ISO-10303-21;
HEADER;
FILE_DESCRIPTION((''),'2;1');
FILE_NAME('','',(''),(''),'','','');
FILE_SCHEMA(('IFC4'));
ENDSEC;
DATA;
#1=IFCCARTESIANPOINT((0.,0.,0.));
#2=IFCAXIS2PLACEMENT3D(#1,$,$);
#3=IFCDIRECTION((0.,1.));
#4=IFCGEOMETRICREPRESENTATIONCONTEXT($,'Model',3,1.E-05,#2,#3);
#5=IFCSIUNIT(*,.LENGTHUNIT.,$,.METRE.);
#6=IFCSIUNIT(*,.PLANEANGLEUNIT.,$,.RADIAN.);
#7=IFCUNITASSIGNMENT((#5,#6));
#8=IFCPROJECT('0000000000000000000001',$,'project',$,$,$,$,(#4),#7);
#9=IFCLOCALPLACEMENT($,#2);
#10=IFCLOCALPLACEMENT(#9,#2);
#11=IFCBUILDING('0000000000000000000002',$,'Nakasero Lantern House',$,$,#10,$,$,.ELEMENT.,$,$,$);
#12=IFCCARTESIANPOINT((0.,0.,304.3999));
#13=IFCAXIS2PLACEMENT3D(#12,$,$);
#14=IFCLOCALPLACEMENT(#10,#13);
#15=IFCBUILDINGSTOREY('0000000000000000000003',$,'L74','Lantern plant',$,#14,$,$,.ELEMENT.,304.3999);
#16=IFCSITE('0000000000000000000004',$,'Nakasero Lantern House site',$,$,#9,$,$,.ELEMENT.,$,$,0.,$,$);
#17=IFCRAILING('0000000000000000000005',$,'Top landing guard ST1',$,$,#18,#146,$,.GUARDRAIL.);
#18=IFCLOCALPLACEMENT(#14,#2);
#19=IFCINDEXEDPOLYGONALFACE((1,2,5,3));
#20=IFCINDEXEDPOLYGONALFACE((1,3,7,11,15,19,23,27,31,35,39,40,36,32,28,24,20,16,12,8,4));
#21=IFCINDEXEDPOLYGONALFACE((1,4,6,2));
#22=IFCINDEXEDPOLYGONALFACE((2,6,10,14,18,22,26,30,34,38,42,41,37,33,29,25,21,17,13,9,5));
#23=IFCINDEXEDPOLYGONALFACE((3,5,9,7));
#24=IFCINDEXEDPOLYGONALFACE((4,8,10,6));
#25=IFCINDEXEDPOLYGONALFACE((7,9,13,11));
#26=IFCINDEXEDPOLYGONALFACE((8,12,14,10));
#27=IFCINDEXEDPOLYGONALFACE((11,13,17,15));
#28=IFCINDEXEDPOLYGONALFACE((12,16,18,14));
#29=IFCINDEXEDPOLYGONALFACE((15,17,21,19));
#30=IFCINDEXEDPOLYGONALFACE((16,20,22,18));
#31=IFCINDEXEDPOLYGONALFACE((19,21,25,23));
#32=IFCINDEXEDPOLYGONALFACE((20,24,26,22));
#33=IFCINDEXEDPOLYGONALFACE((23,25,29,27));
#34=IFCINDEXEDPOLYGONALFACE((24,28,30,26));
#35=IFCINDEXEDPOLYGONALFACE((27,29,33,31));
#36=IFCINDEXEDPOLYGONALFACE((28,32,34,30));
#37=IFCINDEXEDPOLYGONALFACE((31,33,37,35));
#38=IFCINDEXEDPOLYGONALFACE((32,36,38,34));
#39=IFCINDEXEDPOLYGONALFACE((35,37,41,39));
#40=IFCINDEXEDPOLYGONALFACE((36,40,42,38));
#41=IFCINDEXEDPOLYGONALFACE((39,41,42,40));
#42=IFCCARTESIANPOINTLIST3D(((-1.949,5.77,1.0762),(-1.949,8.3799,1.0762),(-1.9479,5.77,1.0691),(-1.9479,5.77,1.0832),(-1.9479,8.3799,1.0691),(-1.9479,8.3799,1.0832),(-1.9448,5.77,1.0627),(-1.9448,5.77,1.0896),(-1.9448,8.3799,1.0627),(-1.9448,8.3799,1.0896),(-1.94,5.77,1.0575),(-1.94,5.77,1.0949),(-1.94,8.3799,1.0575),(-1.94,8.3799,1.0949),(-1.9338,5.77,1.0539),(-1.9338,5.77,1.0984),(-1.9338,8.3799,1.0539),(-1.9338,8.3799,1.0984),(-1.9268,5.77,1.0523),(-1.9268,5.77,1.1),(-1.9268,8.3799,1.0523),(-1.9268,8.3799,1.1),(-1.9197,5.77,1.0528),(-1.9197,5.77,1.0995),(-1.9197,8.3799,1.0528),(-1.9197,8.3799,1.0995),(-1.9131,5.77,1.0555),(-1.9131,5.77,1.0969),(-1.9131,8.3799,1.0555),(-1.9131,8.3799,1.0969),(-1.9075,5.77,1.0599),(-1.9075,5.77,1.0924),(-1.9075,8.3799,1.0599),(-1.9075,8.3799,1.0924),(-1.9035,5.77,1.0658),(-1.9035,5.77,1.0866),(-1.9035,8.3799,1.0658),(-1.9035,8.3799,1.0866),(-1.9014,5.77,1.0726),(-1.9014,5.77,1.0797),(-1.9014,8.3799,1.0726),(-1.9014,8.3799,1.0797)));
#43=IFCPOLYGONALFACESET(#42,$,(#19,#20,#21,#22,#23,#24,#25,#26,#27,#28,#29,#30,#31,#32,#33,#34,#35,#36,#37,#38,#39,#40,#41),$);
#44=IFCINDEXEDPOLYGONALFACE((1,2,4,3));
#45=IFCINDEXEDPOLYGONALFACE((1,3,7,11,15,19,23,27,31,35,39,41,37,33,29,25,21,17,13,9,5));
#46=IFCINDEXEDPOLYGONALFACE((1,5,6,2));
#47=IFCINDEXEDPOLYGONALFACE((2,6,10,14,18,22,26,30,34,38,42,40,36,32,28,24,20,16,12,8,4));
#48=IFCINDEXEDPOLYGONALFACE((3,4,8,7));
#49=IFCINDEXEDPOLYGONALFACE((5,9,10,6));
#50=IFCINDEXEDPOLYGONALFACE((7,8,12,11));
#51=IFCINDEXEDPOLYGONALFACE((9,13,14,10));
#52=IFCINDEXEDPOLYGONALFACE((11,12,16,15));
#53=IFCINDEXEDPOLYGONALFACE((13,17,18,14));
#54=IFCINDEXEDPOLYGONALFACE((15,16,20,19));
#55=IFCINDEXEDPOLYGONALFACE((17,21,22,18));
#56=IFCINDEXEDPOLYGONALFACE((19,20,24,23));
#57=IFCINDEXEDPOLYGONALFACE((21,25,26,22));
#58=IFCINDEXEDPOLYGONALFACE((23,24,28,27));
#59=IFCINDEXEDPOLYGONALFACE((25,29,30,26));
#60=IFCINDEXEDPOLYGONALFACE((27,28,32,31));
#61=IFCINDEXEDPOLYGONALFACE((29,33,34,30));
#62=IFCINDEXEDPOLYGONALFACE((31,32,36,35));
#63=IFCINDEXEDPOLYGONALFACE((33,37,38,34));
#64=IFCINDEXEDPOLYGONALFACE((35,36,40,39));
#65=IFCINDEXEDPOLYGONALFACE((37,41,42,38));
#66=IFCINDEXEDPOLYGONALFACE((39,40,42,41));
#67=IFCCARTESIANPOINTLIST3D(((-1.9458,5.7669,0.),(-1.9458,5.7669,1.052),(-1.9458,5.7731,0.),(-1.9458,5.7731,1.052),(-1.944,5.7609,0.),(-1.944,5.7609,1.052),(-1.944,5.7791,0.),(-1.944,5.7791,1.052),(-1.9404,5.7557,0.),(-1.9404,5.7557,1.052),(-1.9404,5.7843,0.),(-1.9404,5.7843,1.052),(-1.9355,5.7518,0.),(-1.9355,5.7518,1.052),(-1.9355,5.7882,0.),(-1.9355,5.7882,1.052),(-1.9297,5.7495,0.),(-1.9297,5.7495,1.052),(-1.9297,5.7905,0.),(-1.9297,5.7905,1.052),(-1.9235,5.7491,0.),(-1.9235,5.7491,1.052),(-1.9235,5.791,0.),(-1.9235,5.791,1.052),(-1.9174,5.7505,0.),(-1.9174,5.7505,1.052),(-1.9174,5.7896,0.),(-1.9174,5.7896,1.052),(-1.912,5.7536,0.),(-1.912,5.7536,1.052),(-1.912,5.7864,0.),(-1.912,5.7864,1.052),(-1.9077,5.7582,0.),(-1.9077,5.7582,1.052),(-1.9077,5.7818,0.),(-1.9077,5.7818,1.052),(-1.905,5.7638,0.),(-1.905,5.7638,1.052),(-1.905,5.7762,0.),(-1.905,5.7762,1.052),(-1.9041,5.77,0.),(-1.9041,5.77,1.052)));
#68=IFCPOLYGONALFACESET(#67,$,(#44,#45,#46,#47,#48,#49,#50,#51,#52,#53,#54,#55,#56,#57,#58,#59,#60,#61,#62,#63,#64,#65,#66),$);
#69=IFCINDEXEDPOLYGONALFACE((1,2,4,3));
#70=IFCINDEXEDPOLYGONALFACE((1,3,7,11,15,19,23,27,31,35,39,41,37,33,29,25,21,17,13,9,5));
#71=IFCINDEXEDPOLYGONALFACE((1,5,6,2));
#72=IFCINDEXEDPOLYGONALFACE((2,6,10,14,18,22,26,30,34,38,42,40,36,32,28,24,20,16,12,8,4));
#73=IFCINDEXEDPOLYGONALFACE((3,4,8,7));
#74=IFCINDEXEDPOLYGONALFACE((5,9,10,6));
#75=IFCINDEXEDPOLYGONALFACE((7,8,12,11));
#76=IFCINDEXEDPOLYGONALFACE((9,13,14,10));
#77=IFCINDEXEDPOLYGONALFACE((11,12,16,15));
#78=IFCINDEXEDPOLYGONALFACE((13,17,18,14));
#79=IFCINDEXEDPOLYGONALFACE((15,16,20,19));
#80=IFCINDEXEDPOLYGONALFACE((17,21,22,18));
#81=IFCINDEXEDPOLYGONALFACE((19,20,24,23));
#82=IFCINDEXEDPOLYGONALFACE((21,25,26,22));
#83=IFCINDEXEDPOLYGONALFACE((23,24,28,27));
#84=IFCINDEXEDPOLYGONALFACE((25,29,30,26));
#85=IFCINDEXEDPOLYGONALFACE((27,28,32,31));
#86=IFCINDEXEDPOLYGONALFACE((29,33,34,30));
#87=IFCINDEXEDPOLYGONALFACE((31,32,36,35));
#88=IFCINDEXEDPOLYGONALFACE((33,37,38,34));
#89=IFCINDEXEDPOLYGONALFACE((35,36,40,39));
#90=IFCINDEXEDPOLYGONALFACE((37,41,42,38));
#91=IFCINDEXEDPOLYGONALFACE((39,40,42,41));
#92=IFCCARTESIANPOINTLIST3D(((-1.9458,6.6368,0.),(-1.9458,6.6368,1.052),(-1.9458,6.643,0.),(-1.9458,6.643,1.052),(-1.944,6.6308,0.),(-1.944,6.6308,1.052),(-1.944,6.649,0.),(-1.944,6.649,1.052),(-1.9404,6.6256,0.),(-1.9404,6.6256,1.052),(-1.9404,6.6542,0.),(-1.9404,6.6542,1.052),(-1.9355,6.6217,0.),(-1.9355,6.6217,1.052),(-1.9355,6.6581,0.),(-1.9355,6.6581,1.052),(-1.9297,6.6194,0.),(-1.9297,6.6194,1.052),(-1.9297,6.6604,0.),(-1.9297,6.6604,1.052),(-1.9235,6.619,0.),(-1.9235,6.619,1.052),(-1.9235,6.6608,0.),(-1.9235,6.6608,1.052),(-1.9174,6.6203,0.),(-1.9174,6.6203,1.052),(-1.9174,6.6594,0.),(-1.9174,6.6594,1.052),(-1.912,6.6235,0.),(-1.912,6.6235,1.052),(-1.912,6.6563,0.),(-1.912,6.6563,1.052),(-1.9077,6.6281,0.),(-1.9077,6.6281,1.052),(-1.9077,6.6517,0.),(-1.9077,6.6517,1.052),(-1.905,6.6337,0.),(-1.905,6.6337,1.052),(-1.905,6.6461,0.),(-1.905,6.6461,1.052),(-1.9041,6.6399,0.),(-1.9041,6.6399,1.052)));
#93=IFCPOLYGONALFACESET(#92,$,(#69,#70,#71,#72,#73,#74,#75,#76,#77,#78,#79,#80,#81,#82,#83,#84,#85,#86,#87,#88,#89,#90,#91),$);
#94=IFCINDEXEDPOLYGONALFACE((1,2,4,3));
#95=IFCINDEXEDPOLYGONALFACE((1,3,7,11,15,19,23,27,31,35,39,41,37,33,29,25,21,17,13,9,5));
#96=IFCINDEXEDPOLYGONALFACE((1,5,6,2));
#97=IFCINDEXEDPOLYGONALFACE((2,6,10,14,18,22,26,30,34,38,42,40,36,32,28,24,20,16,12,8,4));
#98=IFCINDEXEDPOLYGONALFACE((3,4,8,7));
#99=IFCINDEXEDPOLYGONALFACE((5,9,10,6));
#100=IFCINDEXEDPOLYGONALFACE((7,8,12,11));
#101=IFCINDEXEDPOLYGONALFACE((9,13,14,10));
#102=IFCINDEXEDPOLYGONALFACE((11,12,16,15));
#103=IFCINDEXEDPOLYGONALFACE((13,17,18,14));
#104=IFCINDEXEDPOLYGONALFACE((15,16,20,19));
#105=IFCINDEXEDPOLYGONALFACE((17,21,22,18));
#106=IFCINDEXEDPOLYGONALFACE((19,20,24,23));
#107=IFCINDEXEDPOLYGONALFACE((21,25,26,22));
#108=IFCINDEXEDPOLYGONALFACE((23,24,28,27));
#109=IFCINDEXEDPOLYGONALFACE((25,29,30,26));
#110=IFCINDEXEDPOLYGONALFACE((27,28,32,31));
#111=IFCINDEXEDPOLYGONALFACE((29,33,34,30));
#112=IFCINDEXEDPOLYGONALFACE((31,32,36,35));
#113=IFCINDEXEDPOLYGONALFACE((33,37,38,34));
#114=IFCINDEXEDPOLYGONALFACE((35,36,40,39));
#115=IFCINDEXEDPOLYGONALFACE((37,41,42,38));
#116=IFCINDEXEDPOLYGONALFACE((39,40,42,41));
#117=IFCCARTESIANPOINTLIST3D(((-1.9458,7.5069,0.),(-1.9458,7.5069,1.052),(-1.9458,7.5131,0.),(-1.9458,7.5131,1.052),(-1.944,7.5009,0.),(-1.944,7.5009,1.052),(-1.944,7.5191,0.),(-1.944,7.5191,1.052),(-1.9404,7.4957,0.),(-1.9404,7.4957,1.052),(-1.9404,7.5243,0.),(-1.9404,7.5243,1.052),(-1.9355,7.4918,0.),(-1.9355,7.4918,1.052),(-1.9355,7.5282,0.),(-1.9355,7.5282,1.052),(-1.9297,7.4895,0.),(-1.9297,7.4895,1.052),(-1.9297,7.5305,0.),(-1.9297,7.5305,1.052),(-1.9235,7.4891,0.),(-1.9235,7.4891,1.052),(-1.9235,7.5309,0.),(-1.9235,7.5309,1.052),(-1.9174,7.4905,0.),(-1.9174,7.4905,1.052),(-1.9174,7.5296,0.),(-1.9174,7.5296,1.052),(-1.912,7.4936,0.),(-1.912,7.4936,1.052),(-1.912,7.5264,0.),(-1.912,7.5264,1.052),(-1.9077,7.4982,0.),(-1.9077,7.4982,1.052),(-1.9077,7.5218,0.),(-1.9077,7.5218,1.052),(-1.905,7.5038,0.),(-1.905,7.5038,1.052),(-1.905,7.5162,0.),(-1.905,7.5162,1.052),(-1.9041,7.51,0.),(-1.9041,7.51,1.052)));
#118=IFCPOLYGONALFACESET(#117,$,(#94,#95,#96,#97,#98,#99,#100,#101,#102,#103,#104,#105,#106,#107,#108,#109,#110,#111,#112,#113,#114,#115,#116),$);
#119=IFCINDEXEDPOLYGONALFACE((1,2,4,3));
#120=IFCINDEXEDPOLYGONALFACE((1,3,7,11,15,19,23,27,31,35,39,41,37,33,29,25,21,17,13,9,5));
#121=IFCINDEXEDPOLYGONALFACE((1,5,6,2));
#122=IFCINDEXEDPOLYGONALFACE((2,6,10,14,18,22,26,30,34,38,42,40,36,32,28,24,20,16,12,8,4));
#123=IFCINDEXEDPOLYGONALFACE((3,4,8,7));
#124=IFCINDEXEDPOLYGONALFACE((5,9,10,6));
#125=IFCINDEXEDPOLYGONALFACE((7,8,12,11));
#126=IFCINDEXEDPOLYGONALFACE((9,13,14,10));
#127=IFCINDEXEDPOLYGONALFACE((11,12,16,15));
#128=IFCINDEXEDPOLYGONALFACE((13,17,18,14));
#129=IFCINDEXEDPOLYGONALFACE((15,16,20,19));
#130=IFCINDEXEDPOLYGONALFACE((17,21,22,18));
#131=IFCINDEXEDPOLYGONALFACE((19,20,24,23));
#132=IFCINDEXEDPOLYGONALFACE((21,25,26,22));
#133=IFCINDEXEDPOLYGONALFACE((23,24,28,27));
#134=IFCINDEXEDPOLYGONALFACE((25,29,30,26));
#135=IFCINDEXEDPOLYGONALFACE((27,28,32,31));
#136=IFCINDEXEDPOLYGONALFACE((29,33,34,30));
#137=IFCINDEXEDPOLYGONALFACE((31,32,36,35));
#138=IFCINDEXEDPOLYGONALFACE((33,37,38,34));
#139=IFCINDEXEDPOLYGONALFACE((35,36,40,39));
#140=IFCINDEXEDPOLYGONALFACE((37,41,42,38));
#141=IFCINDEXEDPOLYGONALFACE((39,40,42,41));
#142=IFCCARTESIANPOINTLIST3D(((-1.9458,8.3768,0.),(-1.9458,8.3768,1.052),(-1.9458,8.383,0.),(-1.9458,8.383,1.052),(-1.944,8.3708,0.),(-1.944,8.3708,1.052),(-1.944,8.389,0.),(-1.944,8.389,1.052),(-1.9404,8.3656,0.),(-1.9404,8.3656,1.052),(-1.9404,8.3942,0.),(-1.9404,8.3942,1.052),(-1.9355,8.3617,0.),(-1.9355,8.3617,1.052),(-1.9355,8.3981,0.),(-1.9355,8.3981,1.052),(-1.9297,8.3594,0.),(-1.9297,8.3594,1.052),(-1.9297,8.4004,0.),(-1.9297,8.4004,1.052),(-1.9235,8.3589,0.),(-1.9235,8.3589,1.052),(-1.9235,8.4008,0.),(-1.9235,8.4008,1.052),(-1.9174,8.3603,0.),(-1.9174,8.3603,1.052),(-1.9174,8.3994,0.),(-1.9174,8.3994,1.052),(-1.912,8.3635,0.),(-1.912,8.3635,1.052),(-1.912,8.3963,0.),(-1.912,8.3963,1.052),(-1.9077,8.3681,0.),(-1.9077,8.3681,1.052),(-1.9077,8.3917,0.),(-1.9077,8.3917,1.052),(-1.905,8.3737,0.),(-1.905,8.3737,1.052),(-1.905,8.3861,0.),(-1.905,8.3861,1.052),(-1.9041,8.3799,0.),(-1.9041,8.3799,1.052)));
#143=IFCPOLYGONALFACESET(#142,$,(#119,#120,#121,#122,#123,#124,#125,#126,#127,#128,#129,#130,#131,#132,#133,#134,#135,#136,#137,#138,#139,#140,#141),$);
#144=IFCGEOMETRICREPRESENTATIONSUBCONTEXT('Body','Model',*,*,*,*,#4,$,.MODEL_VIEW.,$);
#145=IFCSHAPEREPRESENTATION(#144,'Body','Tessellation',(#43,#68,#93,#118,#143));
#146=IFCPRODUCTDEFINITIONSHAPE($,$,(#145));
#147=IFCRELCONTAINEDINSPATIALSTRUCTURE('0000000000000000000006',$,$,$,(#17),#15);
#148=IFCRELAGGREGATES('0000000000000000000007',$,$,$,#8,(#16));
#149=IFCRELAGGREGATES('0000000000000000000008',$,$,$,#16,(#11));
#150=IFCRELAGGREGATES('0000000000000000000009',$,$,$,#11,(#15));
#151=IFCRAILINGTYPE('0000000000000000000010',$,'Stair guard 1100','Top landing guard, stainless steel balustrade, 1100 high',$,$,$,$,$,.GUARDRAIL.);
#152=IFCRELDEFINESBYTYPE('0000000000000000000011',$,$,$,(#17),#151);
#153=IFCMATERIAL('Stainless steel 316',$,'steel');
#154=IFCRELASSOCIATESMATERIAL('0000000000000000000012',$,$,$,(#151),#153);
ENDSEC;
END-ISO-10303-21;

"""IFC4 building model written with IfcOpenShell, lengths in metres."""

from ifc_helpers import new_model, si_unit, direction, frame, origin, origin_2d, place, context, subcontext, project, spatial, circle, extrude, material, type_object, element, save


model = new_model("IFC4")

# Units and contexts
model_context = context("Model", 3, precision=1e-05, world=origin(), true_north=direction((0.0, 1.0)))
body_context = subcontext(model_context, "Body", "Model", "MODEL_VIEW")
ifc_project = project(units=[si_unit("LENGTHUNIT", "METRE"), si_unit("PLANEANGLEUNIT", "RADIAN")], contexts=[model_context])

# Site, building, storey
site_placement = place(None, origin())
site = spatial("IfcSite", under=ifc_project, at=site_placement, Name="Nakasero Lantern House site", CompositionType="ELEMENT", RefElevation=0.0)
building_placement = place(site_placement, origin())
building = spatial("IfcBuilding", under=site, at=building_placement, Name="Nakasero Lantern House", CompositionType="ELEMENT")
storey_placement = place(building_placement, frame((0.0, 0.0, 304.3999)))
storey = spatial("IfcBuildingStorey", under=building, at=storey_placement, Name="L74", Description="Lantern plant", CompositionType="ELEMENT", Elevation=304.3999)

# Railing
ifc_material_1 = material(Name="Stainless steel 316", Category="steel")
railing_type = type_object("IfcRailingType", Name="Stair guard 1100", Description="Top landing guard, stainless steel balustrade, 1100 high", PredefinedType="GUARDRAIL", material=ifc_material_1)
railing_placement = place(storey_placement, frame((-1.925, 5.77, 0.0)))
element("IfcRailing", 1, at=railing_placement, inside=storey, type_object=railing_type, Name="Top landing guard ST1", PredefinedType="GUARDRAIL", context=body_context, shape_type="SweptSolid", body=[
    extrude(circle(Radius=0.0239, at=origin_2d()), frame((0.0, 0.0, 1.0762), z_axis=(0.0, 1.0, 0.0), x_axis=(-1.0, 0.0, 0.0)), (0.0, 0.0, 1.0), 2.6099),
    extrude(circle(Radius=0.021, at=origin_2d()), origin(), (0.0, 0.0, 1.0), 1.052),
    extrude(circle(Radius=0.021, at=origin_2d()), frame((0.0, 0.8699, 0.0)), (0.0, 0.0, 1.0), 1.052),
    extrude(circle(Radius=0.021, at=origin_2d()), frame((0.0, 1.74, 0.0)), (0.0, 0.0, 1.0), 1.052),
    extrude(circle(Radius=0.021, at=origin_2d()), frame((0.0, 2.6099, 0.0)), (0.0, 0.0, 1.0), 1.052),
])

save(model, "model.ifc")
